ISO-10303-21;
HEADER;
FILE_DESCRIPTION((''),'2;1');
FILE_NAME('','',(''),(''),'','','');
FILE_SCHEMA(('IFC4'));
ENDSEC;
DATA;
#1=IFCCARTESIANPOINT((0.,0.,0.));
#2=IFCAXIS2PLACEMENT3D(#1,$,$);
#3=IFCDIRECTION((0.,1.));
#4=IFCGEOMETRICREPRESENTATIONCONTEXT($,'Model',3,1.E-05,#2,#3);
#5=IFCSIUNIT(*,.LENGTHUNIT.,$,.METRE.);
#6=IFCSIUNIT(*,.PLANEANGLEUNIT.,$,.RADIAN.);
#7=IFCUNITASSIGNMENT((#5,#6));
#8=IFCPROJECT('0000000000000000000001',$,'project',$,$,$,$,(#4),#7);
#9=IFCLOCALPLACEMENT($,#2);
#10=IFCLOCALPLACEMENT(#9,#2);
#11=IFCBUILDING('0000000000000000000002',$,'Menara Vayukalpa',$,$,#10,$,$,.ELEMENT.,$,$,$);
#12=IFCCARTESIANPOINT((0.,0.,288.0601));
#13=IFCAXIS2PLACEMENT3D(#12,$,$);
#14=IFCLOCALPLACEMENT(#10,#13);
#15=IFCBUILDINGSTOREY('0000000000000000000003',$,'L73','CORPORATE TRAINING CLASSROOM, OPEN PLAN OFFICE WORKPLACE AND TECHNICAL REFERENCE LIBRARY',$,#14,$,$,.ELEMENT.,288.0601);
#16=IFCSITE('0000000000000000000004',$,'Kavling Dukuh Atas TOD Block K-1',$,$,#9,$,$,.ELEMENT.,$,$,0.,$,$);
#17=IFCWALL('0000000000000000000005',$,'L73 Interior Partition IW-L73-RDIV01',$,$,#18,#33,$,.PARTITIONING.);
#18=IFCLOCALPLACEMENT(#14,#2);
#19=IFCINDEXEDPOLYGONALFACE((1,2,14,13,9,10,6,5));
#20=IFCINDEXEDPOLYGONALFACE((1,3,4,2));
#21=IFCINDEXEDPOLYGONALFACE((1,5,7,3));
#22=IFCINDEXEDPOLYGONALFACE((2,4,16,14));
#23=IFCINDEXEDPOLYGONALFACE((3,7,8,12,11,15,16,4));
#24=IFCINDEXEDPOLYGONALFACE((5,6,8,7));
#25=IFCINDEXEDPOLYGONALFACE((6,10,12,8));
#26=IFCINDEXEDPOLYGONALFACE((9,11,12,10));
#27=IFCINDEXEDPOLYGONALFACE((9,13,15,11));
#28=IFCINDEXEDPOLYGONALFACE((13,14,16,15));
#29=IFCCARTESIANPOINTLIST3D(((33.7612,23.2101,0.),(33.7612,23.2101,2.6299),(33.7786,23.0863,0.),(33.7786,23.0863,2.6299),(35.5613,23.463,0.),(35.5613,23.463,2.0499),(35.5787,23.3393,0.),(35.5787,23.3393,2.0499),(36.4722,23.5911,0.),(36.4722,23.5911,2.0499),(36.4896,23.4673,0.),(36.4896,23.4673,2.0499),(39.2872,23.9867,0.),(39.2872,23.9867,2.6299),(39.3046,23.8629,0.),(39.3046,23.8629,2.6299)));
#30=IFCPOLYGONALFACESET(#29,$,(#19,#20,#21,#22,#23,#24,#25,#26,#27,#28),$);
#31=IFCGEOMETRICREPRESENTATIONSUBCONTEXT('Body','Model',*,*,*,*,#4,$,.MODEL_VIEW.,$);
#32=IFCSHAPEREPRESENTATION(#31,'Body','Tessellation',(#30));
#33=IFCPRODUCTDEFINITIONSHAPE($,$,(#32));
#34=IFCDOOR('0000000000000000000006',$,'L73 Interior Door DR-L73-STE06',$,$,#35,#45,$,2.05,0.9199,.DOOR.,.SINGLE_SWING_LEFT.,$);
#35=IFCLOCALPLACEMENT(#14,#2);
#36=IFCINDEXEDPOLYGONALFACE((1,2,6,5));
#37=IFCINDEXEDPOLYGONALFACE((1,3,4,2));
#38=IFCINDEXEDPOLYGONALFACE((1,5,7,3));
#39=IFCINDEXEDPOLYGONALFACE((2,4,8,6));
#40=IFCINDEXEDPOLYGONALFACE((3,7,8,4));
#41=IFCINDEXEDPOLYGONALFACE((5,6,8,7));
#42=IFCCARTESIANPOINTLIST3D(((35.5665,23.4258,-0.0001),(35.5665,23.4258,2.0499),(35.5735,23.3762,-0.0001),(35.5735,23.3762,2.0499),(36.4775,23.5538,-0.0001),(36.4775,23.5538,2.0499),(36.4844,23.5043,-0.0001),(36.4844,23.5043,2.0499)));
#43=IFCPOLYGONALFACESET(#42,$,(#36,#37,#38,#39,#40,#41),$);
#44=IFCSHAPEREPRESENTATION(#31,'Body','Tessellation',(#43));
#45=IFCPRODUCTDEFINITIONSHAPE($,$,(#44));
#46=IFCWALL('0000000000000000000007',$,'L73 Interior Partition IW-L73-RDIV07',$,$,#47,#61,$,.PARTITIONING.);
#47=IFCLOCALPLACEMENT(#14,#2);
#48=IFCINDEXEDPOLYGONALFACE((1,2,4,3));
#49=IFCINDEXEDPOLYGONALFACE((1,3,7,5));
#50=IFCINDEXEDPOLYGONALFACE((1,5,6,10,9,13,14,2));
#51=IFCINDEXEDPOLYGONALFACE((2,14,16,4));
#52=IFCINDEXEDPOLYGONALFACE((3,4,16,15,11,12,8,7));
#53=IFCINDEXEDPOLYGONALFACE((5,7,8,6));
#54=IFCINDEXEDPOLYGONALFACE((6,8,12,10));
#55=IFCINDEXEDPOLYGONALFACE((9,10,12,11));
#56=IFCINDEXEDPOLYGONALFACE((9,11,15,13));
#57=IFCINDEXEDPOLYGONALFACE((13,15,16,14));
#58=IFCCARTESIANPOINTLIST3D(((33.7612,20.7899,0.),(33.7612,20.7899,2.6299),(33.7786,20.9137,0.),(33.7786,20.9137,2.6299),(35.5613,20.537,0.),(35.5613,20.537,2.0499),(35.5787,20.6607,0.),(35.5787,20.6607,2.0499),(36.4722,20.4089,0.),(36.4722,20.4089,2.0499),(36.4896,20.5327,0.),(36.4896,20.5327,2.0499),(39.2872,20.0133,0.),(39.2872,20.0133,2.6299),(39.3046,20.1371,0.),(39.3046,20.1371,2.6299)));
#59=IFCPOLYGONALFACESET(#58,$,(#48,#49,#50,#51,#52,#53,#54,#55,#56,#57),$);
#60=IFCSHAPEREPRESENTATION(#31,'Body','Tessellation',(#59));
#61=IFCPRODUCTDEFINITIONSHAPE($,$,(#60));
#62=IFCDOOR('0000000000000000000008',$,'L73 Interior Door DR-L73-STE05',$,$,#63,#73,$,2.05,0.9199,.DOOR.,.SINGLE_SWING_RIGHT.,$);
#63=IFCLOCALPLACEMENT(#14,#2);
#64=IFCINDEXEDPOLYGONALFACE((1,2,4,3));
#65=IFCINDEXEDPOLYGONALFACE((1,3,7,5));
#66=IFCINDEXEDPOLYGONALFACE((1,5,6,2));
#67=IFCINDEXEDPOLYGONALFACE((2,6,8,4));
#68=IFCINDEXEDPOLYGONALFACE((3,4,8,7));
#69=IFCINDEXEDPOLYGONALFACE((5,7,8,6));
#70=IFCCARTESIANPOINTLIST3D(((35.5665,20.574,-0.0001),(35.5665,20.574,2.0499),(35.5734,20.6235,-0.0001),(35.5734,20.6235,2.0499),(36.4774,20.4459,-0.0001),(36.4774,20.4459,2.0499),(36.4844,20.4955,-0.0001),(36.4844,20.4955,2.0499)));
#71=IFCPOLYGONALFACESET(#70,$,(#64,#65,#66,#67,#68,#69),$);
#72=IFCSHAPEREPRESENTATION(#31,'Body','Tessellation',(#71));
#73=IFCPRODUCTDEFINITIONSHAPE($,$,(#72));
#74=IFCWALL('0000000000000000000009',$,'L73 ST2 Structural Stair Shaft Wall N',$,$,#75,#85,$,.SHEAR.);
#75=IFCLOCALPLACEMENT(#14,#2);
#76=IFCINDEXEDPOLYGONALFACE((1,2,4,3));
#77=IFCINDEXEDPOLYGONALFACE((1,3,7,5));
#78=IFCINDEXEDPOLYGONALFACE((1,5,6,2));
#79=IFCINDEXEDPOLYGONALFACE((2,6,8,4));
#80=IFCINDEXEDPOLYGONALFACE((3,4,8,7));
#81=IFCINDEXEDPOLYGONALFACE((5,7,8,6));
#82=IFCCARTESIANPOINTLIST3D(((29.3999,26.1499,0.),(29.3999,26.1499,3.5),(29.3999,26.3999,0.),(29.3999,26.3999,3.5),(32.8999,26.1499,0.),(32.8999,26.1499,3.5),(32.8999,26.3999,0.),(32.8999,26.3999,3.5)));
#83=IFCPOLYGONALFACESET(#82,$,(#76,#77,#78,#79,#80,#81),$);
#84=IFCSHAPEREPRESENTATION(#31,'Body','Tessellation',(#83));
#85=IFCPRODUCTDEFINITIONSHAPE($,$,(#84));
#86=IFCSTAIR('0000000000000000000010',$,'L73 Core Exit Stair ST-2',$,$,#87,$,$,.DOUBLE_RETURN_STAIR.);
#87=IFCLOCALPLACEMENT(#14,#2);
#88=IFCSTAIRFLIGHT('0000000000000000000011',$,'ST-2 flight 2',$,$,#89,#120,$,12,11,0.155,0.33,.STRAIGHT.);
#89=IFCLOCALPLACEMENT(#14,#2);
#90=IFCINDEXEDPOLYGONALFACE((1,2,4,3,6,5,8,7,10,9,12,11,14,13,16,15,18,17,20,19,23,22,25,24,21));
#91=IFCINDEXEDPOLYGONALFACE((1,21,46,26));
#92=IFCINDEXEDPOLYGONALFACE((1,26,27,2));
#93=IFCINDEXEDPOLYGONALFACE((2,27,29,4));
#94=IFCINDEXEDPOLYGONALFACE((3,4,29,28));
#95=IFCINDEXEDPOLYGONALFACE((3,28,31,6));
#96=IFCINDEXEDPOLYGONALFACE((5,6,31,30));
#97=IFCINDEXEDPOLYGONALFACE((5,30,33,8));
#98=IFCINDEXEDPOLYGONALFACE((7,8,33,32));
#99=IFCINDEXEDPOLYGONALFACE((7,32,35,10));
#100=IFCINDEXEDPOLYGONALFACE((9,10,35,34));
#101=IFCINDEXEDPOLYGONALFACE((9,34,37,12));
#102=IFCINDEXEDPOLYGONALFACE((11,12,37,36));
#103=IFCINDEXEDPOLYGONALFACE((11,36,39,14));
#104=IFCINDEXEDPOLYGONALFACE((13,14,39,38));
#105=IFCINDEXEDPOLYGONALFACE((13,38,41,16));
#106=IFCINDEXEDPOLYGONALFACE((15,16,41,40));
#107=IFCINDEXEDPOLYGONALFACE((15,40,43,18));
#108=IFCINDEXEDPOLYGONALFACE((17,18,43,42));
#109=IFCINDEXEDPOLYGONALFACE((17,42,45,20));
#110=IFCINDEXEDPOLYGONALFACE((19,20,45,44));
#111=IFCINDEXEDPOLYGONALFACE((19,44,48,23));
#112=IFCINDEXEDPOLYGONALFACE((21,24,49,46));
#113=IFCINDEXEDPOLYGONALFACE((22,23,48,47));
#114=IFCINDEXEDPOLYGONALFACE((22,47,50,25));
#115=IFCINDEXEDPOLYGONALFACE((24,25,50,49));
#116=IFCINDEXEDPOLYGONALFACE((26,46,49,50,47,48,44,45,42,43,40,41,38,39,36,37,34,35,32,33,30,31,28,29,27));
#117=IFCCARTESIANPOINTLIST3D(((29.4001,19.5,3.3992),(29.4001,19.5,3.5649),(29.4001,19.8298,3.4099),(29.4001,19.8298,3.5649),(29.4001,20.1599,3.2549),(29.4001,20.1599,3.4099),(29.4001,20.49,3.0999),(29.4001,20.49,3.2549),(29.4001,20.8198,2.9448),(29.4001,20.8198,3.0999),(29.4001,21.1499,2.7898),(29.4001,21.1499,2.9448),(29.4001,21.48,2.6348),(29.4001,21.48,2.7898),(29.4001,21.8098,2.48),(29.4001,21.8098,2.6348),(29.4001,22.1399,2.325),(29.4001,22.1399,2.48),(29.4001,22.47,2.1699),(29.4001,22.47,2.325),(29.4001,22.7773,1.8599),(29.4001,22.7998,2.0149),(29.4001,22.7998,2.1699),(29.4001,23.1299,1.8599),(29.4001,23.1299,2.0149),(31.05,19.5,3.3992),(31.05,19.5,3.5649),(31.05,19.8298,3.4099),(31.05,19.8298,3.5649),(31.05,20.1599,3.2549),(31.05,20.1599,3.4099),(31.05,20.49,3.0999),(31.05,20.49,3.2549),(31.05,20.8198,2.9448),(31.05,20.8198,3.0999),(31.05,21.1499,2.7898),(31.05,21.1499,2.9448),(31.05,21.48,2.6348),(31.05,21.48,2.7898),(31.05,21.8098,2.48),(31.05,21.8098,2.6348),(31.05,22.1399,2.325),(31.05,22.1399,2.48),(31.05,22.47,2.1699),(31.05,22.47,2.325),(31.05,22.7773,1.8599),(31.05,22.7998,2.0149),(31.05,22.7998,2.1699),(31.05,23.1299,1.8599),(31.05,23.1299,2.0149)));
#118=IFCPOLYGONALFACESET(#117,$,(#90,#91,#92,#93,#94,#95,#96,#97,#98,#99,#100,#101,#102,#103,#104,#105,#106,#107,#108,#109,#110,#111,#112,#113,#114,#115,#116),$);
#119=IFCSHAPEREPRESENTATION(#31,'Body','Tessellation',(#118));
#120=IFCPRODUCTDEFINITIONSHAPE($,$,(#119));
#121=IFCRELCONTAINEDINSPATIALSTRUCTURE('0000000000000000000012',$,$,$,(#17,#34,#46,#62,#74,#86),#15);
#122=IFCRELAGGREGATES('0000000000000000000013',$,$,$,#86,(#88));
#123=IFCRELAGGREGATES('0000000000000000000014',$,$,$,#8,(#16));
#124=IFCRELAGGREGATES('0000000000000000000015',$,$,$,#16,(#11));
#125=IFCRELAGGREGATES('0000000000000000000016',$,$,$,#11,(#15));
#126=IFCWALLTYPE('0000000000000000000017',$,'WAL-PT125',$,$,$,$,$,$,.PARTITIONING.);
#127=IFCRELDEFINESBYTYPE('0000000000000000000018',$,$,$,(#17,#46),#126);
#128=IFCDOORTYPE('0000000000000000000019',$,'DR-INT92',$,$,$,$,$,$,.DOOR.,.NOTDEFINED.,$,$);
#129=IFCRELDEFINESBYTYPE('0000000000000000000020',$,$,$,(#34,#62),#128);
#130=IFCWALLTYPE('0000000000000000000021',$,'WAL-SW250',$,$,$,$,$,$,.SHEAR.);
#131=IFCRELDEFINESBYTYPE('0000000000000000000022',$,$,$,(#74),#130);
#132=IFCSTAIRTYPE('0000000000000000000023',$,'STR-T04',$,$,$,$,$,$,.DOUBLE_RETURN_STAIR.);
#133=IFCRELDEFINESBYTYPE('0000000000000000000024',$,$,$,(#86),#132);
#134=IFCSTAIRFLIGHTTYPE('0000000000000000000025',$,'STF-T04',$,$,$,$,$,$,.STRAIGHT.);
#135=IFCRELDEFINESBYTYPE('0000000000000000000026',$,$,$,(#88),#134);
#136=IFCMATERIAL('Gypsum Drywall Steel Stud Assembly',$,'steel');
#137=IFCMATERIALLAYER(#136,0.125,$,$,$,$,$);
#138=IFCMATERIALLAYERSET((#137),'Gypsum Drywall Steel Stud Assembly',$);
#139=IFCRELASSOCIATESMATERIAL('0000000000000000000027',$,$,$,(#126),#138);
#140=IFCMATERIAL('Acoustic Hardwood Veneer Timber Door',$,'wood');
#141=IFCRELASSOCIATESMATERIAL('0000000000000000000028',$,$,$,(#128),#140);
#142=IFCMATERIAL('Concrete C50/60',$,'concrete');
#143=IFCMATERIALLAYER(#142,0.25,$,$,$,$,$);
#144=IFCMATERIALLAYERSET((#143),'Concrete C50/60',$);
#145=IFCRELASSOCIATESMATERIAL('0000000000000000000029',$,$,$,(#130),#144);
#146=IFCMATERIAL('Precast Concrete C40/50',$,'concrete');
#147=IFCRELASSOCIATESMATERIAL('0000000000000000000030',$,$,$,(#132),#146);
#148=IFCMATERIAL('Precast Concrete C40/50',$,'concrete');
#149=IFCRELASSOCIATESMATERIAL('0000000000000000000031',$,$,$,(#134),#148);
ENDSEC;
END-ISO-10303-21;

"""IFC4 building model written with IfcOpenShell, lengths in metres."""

from ifc_helpers import new_model, si_unit, direction, frame, frame_2d, origin, place, context, subcontext, project, spatial, polyline, rectangle, outline, extrude, material, layer, layer_set, type_object, element, fill, aggregate, save


model = new_model("IFC4")

# Units and contexts
model_context = context("Model", 3, precision=1e-05, world=origin(), true_north=direction((0.0, 1.0)))
body_context = subcontext(model_context, "Body", "Model", "MODEL_VIEW")
ifc_project = project(units=[si_unit("LENGTHUNIT", "METRE"), si_unit("PLANEANGLEUNIT", "RADIAN")], contexts=[model_context])

# Site, building, storey
site_placement = place(None, origin())
site = spatial("IfcSite", under=ifc_project, at=site_placement, Name="Kavling Dukuh Atas TOD Block K-1", CompositionType="ELEMENT", RefElevation=0.0)
building_placement = place(site_placement, origin())
building = spatial("IfcBuilding", under=site, at=building_placement, Name="Menara Vayukalpa", CompositionType="ELEMENT")
storey_placement = place(building_placement, frame((0.0, 0.0, 288.0601)))
storey = spatial("IfcBuildingStorey", under=building, at=storey_placement, Name="L73", Description="CORPORATE TRAINING CLASSROOM, OPEN PLAN OFFICE WORKPLACE AND TECHNICAL REFERENCE LIBRARY", CompositionType="ELEMENT", Elevation=288.0601)

# Walls, openings, doors
ifc_material_1 = material(Name="Gypsum Drywall Steel Stud Assembly", Category="steel")
ifc_layer_1 = layer(ifc_material_1, 0.125)
ifc_layer_set_1 = layer_set([ifc_layer_1], Name="Gypsum Drywall Steel Stud Assembly")
wall_type_1 = type_object("IfcWallType", Name="WAL-PT125", PredefinedType="PARTITIONING", material=ifc_layer_set_1)
wall_1_placement = place(storey_placement, frame((33.77, 23.1482, 0.0), z_axis=(0.0, 0.0, 1.0), x_axis=(0.990269, 0.139167, 0.0)))
wall_1 = element("IfcWall", 1, at=wall_1_placement, inside=storey, type_object=wall_type_1, Name="L73 Interior Partition IW-L73-RDIV01", PredefinedType="PARTITIONING", context=body_context, shape_type="SweptSolid", body=[
    extrude(rectangle(XDim=5.5803, YDim=0.125, at=frame_2d((2.79, 0.0))), origin(), (0.0, 0.0, 1.0), 2.6299),
])
opening_1_placement = place(wall_1_placement, frame((1.8176, 0.0, 0.0)))
opening_1 = element("IfcOpeningElement", 2, at=opening_1_placement, cuts=wall_1, PredefinedType="OPENING", context=body_context, shape_type="SweptSolid", body=[
    extrude(rectangle(XDim=0.9199, YDim=2.05, at=frame_2d((0.46, 1.0249))), frame((0.0, 0.0725, 0.0), z_axis=(0.0, -1.0, 0.0), x_axis=(1.0, 0.0, 0.0)), (0.0, 0.0, 1.0), 0.145),
])
ifc_material_2 = material(Name="Acoustic Hardwood Veneer Timber Door", Category="wood")
door_type = type_object("IfcDoorType", Name="DR-INT92", OperationType="NOTDEFINED", PredefinedType="DOOR", material=ifc_material_2)
door_1_placement = place(opening_1_placement, origin())
door_1 = element("IfcDoor", 3, at=door_1_placement, inside=storey, type_object=door_type, Name="L73 Interior Door DR-L73-STE06", OperationType="SINGLE_SWING_LEFT", OverallHeight=2.05, OverallWidth=0.9199, PredefinedType="DOOR", context=body_context, shape_type="SweptSolid", body=[
    extrude(rectangle(XDim=0.9199, YDim=2.05, at=frame_2d((0.46, 1.0249))), frame((0.0, 0.0249, 0.0), z_axis=(0.0, -1.0, 0.0), x_axis=(1.0, 0.0, 0.0)), (0.0, 0.0, 1.0), 0.05),
])
fill(opening_1, door_1)
wall_2_placement = place(storey_placement, frame((33.77, 20.8518, 0.0), z_axis=(0.0, 0.0, 1.0), x_axis=(0.990269, -0.139167, 0.0)))
wall_2 = element("IfcWall", 4, at=wall_2_placement, inside=storey, type_object=wall_type_1, Name="L73 Interior Partition IW-L73-RDIV07", PredefinedType="PARTITIONING", context=body_context, shape_type="SweptSolid", body=[
    extrude(rectangle(XDim=5.5803, YDim=0.125, at=frame_2d((2.79, 0.0))), origin(), (0.0, 0.0, 1.0), 2.6299),
])
opening_2_placement = place(wall_2_placement, frame((1.8176, 0.0, 0.0)))
opening_2 = element("IfcOpeningElement", 5, at=opening_2_placement, cuts=wall_2, PredefinedType="OPENING", context=body_context, shape_type="SweptSolid", body=[
    extrude(rectangle(XDim=0.9199, YDim=2.05, at=frame_2d((0.46, 1.0249))), frame((0.0, 0.0725, 0.0), z_axis=(0.0, -1.0, 0.0), x_axis=(1.0, 0.0, 0.0)), (0.0, 0.0, 1.0), 0.145),
])
door_2_placement = place(opening_2_placement, origin())
door_2 = element("IfcDoor", 6, at=door_2_placement, inside=storey, type_object=door_type, Name="L73 Interior Door DR-L73-STE05", OperationType="SINGLE_SWING_RIGHT", OverallHeight=2.05, OverallWidth=0.9199, PredefinedType="DOOR", context=body_context, shape_type="SweptSolid", body=[
    extrude(rectangle(XDim=0.9199, YDim=2.05, at=frame_2d((0.46, 1.0249))), frame((0.0, 0.0249, 0.0), z_axis=(0.0, -1.0, 0.0), x_axis=(1.0, 0.0, 0.0)), (0.0, 0.0, 1.0), 0.05),
])
fill(opening_2, door_2)

# Wall
ifc_material_3 = material(Name="Concrete C50/60", Category="concrete")
ifc_layer_2 = layer(ifc_material_3, 0.25)
ifc_layer_set_2 = layer_set([ifc_layer_2], Name="Concrete C50/60")
wall_type_2 = type_object("IfcWallType", Name="WAL-SW250", PredefinedType="SHEAR", material=ifc_layer_set_2)
wall_3_placement = place(storey_placement, frame((29.3999, 26.2749, 0.0), z_axis=(0.0, 0.0, 1.0), x_axis=(1.0, 0.0, 0.0)))
element("IfcWall", 7, at=wall_3_placement, inside=storey, type_object=wall_type_2, Name="L73 ST2 Structural Stair Shaft Wall N", PredefinedType="SHEAR", context=body_context, shape_type="SweptSolid", body=[
    extrude(rectangle(XDim=3.5, YDim=0.25, at=frame_2d((1.75, 0.0))), origin(), (0.0, 0.0, 1.0), 3.5),
])

# Stair, stair flight
ifc_material_4 = material(Name="Precast Concrete C40/50", Category="concrete")
stair_type = type_object("IfcStairType", Name="STR-T04", PredefinedType="DOUBLE_RETURN_STAIR", material=ifc_material_4)
stair_placement = place(storey_placement, origin())
stair = element("IfcStair", 8, at=stair_placement, inside=storey, type_object=stair_type, Name="L73 Core Exit Stair ST-2", PredefinedType="DOUBLE_RETURN_STAIR")
ifc_material_5 = material(Name="Precast Concrete C40/50", Category="concrete")
stair_flight_type = type_object("IfcStairFlightType", Name="STF-T04", PredefinedType="STRAIGHT", material=ifc_material_5)
stair_flight_placement = place(storey_placement, frame((30.2251, 23.1299, 1.8599), z_axis=(0.0, 0.0, 1.0), x_axis=(0.0, -1.0, 0.0)))
stair_flight = element("IfcStairFlight", 9, at=stair_flight_placement, type_object=stair_flight_type, Name="ST-2 flight 2", NumberOfRisers=12, NumberOfTreads=11, PredefinedType="STRAIGHT", RiserHeight=0.155, TreadLength=0.33, context=body_context, shape_type="SweptSolid", body=[
    extrude(outline(polyline([(0.0, 0.0), (0.0, 0.155), (0.3301, 0.155), (0.3301, 0.3101), (0.6599, 0.3101), (0.6599, 0.4651), (0.99, 0.4651), (0.99, 0.6201), (1.3201, 0.6201), (1.3201, 0.7749), (1.6499, 0.7749), (1.6499, 0.9299), (1.98, 0.9299), (1.98, 1.085), (2.3101, 1.085), (2.3101, 1.24), (2.6399, 1.24), (2.6399, 1.395), (2.97, 1.395), (2.97, 1.55), (3.3, 1.55), (3.3, 1.7051), (3.6299, 1.7051), (3.6299, 1.8601), (3.6299, 1.5393), (0.3525, 0.0), (0.0, 0.0)])), frame((0.0, 0.825, 0.0), z_axis=(0.0, -1.0, 0.0), x_axis=(1.0, 0.0, 0.0)), (0.0, 0.0, 1.0), 1.6499),
])
aggregate(stair, [stair_flight])

save(model, "model.ifc")
